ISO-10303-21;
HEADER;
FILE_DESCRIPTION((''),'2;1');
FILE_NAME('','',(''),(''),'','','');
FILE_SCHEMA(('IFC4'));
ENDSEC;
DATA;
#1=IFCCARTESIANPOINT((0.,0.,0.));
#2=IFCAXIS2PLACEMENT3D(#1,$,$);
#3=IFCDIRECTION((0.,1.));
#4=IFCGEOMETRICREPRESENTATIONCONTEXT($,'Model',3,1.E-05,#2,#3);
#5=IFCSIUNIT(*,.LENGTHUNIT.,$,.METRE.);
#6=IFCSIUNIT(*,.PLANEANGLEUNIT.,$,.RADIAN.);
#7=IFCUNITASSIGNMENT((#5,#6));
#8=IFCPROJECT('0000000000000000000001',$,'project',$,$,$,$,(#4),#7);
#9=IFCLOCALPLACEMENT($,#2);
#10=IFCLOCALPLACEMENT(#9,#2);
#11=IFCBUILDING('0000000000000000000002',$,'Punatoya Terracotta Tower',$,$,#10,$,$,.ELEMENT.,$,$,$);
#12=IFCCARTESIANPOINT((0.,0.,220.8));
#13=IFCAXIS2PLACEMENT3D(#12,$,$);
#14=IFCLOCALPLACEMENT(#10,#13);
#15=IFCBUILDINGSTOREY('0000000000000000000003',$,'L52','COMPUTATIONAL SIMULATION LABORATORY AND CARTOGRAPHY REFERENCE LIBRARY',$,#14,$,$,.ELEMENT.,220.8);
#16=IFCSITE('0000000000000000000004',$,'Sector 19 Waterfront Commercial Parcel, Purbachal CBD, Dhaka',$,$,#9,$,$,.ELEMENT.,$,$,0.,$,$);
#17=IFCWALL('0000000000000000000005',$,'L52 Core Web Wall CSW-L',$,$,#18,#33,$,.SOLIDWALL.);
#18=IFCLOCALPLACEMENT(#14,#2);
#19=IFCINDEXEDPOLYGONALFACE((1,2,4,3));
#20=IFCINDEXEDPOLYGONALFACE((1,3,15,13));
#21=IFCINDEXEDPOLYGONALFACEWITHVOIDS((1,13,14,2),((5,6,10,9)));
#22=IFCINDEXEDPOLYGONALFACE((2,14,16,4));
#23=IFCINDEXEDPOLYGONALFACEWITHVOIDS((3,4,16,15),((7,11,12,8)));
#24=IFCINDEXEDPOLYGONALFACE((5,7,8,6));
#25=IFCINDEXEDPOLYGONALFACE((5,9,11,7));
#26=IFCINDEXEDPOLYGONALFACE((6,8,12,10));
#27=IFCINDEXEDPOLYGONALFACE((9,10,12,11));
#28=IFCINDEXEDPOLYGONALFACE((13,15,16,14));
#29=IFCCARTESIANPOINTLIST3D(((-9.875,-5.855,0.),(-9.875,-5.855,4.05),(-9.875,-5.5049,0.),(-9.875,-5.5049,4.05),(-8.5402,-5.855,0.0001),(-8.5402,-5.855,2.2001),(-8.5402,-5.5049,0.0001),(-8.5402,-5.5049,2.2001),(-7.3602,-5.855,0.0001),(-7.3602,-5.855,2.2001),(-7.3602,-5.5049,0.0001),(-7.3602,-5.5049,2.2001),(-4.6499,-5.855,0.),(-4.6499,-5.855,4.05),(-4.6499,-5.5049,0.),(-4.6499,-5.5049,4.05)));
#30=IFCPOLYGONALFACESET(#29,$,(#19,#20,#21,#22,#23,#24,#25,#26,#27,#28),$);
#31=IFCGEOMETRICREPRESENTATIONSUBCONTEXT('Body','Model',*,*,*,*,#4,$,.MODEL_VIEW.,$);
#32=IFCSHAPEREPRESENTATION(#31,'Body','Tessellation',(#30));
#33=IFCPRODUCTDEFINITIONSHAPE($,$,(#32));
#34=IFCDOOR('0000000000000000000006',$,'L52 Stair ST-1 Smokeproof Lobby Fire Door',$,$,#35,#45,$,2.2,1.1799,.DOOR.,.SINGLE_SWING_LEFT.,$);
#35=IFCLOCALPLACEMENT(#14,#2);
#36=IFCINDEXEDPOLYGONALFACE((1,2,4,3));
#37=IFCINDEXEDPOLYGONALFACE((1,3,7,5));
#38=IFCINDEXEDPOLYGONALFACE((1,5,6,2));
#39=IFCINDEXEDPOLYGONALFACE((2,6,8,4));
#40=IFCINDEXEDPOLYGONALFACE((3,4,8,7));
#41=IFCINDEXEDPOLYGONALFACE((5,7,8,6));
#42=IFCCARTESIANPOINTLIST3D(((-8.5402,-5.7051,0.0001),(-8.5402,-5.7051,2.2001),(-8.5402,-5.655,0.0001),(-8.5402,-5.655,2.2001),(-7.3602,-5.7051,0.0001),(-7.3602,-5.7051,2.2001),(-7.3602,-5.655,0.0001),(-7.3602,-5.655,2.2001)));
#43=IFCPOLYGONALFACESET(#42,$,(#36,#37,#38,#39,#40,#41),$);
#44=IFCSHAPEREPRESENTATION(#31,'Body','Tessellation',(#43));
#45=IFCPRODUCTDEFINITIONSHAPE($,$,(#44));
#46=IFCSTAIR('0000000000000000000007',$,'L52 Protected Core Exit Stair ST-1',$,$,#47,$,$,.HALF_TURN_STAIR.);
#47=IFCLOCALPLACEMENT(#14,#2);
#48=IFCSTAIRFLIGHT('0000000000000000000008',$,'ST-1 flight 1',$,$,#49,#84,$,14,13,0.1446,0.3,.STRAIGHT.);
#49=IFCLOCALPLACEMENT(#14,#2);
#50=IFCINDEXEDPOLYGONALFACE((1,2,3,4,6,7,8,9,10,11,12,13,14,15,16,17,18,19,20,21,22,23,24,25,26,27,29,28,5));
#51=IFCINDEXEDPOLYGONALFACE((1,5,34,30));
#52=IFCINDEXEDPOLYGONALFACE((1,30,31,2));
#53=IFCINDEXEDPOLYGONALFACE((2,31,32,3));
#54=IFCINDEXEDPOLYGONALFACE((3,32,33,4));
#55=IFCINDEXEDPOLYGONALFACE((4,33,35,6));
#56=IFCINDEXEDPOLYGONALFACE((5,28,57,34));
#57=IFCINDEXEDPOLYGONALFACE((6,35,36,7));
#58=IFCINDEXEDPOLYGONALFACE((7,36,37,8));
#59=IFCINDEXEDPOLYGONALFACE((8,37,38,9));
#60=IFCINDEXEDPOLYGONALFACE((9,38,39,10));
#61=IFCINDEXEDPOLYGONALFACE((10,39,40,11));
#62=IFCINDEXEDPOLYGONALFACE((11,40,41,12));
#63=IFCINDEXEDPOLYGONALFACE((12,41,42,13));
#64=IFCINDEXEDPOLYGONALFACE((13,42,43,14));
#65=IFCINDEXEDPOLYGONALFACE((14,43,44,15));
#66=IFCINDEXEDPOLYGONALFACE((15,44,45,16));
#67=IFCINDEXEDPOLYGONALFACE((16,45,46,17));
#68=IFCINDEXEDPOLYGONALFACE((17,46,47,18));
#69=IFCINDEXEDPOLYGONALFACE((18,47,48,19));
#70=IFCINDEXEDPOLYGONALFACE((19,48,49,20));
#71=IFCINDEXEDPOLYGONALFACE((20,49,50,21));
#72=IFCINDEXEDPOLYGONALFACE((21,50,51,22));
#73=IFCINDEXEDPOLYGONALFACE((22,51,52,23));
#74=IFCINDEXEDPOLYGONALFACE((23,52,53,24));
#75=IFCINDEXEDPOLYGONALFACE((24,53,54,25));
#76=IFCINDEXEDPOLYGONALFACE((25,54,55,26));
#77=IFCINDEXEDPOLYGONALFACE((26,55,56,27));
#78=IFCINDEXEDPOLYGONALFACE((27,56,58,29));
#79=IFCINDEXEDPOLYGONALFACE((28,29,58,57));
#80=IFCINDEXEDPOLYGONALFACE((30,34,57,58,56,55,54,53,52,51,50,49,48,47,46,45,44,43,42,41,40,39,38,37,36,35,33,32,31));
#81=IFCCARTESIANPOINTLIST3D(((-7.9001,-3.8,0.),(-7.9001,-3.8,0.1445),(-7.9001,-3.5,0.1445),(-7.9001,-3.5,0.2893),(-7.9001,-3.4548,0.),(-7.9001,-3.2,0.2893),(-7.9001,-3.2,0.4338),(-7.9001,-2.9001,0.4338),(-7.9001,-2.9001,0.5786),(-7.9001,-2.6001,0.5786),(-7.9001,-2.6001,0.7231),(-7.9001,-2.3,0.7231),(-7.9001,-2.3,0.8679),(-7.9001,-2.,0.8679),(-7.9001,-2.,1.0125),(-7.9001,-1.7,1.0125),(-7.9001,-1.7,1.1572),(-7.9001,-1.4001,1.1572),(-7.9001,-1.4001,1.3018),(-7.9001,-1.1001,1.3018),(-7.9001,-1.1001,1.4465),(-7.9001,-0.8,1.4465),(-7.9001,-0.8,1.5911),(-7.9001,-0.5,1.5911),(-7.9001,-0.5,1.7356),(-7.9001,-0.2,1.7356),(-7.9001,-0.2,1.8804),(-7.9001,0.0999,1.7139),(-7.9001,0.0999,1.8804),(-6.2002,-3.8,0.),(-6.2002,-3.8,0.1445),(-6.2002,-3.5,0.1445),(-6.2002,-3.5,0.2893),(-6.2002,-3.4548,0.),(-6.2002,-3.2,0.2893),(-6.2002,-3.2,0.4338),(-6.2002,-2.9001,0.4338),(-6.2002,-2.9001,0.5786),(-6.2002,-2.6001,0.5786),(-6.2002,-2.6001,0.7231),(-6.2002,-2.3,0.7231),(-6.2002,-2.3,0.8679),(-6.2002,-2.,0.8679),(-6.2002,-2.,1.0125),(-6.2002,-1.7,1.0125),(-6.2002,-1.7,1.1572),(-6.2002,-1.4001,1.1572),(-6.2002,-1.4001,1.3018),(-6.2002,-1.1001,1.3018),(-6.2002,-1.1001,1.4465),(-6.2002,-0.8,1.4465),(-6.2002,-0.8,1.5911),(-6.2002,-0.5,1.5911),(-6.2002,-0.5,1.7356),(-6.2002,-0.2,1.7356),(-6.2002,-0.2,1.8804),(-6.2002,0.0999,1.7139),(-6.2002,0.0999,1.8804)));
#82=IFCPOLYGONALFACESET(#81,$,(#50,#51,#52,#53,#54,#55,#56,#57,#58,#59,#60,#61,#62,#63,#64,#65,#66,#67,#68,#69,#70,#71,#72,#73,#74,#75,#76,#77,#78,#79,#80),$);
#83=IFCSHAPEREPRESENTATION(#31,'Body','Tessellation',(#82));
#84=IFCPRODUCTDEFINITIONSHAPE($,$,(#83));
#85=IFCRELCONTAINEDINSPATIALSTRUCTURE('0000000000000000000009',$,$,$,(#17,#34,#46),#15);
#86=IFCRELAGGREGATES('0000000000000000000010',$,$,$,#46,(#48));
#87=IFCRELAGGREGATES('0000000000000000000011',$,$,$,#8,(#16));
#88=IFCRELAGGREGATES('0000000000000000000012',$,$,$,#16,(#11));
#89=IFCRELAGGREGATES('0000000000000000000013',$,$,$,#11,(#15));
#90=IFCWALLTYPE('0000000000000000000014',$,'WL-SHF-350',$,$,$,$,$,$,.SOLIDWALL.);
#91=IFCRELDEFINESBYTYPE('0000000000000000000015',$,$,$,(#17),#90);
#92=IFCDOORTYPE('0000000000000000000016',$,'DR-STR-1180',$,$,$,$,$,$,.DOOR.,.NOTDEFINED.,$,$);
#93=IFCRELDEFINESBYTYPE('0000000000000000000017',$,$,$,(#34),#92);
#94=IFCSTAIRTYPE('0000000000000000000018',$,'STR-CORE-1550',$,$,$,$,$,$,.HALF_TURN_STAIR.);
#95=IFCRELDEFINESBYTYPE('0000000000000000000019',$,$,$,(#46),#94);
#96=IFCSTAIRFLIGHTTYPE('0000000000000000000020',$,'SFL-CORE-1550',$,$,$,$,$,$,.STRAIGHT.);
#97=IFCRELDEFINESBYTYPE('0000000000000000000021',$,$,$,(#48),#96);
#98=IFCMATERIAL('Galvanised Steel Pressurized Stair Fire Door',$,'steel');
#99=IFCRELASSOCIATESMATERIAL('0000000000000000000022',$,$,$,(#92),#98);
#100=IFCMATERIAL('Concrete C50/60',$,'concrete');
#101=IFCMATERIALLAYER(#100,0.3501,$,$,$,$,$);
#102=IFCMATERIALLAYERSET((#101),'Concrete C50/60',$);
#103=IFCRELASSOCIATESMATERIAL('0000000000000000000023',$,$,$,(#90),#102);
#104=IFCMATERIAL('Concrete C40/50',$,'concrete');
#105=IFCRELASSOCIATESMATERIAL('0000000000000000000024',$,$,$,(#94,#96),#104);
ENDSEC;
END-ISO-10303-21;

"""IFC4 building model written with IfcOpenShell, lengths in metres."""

from ifc_helpers import new_model, si_unit, direction, frame, frame_2d, origin, place, context, subcontext, project, spatial, polyline, rectangle, outline, extrude, material, layer, layer_set, type_object, element, fill, aggregate, save


model = new_model("IFC4")

# Units and contexts
model_context = context("Model", 3, precision=1e-05, world=origin(), true_north=direction((0.0, 1.0)))
body_context = subcontext(model_context, "Body", "Model", "MODEL_VIEW")
ifc_project = project(units=[si_unit("LENGTHUNIT", "METRE"), si_unit("PLANEANGLEUNIT", "RADIAN")], contexts=[model_context])

# Site, building, storey
site_placement = place(None, origin())
site = spatial("IfcSite", under=ifc_project, at=site_placement, Name="Sector 19 Waterfront Commercial Parcel, Purbachal CBD, Dhaka", CompositionType="ELEMENT", RefElevation=0.0)
building_placement = place(site_placement, origin())
building = spatial("IfcBuilding", under=site, at=building_placement, Name="Punatoya Terracotta Tower", CompositionType="ELEMENT")
storey_placement = place(building_placement, frame((0.0, 0.0, 220.8)))
storey = spatial("IfcBuildingStorey", under=building, at=storey_placement, Name="L52", Description="COMPUTATIONAL SIMULATION LABORATORY AND CARTOGRAPHY REFERENCE LIBRARY", CompositionType="ELEMENT", Elevation=220.8)

# Shared definitions
ifc_material_1 = material(Name="Concrete C40/50", Category="concrete")

# Shared definitions
ifc_material_2 = material(Name="Galvanised Steel Pressurized Stair Fire Door", Category="steel")
door_type_1 = type_object("IfcDoorType", Name="DR-STR-1180", OperationType="NOTDEFINED", PredefinedType="DOOR", material=ifc_material_2)

# Wall, opening, door
ifc_material_3 = material(Name="Concrete C50/60", Category="concrete")
ifc_layer_1 = layer(ifc_material_3, 0.3501)
ifc_layer_set_1 = layer_set([ifc_layer_1], Name="Concrete C50/60")
wall_type_1 = type_object("IfcWallType", Name="WL-SHF-350", PredefinedType="SOLIDWALL", material=ifc_layer_set_1)
wall_1_placement = place(storey_placement, frame((-9.875, -5.6799, 0.0), z_axis=(0.0, 0.0, 1.0), x_axis=(1.0, 0.0, 0.0)))
wall_1 = element("IfcWall", 1, at=wall_1_placement, inside=storey, type_object=wall_type_1, Name="L52 Core Web Wall CSW-L", PredefinedType="SOLIDWALL", context=body_context, shape_type="SweptSolid", body=[
    extrude(rectangle(XDim=5.2251, YDim=0.3501, at=frame_2d((2.6125, 0.0))), origin(), (0.0, 0.0, 1.0), 4.05),
])
opening_1_placement = place(wall_1_placement, frame((1.335, 0.0, 0.0)))
opening_1 = element("IfcOpeningElement", 2, at=opening_1_placement, cuts=wall_1, PredefinedType="OPENING", context=body_context, shape_type="SweptSolid", body=[
    extrude(rectangle(XDim=1.1799, YDim=2.2, at=frame_2d((0.5898, 1.1001))), frame((0.0, 0.1851, 0.0), z_axis=(0.0, -1.0, 0.0), x_axis=(1.0, 0.0, 0.0)), (0.0, 0.0, 1.0), 0.3701),
])
door_1_placement = place(opening_1_placement, origin())
door_1 = element("IfcDoor", 3, at=door_1_placement, inside=storey, type_object=door_type_1, Name="L52 Stair ST-1 Smokeproof Lobby Fire Door", OperationType="SINGLE_SWING_LEFT", OverallHeight=2.2, OverallWidth=1.1799, PredefinedType="DOOR", context=body_context, shape_type="SweptSolid", body=[
    extrude(rectangle(XDim=1.1799, YDim=2.2, at=frame_2d((0.5898, 1.1001))), frame((0.0, 0.0249, 0.0), z_axis=(0.0, -1.0, 0.0), x_axis=(1.0, 0.0, 0.0)), (0.0, 0.0, 1.0), 0.05),
])
fill(opening_1, door_1)

# Stair, stair flight
stair_type = type_object("IfcStairType", Name="STR-CORE-1550", PredefinedType="HALF_TURN_STAIR", material=ifc_material_1)
stair_placement = place(storey_placement, origin())
stair = element("IfcStair", 4, at=stair_placement, inside=storey, type_object=stair_type, Name="L52 Protected Core Exit Stair ST-1", PredefinedType="HALF_TURN_STAIR")
stair_flight_type = type_object("IfcStairFlightType", Name="SFL-CORE-1550", PredefinedType="STRAIGHT", material=ifc_material_1)
stair_flight_placement = place(storey_placement, frame((-7.05, -3.8, 0.0), z_axis=(0.0, 0.0, 1.0), x_axis=(0.0, 1.0, 0.0)))
stair_flight = element("IfcStairFlight", 5, at=stair_flight_placement, type_object=stair_flight_type, Name="ST-1 flight 1", NumberOfRisers=14, NumberOfTreads=13, PredefinedType="STRAIGHT", RiserHeight=0.1446, TreadLength=0.3, context=body_context, shape_type="SweptSolid", body=[
    extrude(outline(polyline([(0.0, 0.0), (0.0, 0.1445), (0.3, 0.1445), (0.3, 0.2893), (0.6001, 0.2893), (0.6001, 0.4338), (0.8999, 0.4338), (0.8999, 0.5786), (1.2, 0.5786), (1.2, 0.7231), (1.5, 0.7231), (1.5, 0.8679), (1.8, 0.8679), (1.8, 1.0125), (2.1001, 1.0125), (2.1001, 1.1572), (2.3999, 1.1572), (2.3999, 1.3018), (2.7, 1.3018), (2.7, 1.4465), (3.0, 1.4465), (3.0, 1.5911), (3.3, 1.5911), (3.3, 1.7356), (3.6001, 1.7356), (3.6001, 1.8804), (3.8999, 1.8804), (3.8999, 2.0249), (3.8999, 1.7139), (0.3452, 0.0), (0.0, 0.0)])), frame((0.0, 0.8501, 0.0), z_axis=(0.0, -1.0, 0.0), x_axis=(1.0, 0.0, 0.0)), (0.0, 0.0, 1.0), 1.7),
])
aggregate(stair, [stair_flight])

save(model, "model.ifc")
